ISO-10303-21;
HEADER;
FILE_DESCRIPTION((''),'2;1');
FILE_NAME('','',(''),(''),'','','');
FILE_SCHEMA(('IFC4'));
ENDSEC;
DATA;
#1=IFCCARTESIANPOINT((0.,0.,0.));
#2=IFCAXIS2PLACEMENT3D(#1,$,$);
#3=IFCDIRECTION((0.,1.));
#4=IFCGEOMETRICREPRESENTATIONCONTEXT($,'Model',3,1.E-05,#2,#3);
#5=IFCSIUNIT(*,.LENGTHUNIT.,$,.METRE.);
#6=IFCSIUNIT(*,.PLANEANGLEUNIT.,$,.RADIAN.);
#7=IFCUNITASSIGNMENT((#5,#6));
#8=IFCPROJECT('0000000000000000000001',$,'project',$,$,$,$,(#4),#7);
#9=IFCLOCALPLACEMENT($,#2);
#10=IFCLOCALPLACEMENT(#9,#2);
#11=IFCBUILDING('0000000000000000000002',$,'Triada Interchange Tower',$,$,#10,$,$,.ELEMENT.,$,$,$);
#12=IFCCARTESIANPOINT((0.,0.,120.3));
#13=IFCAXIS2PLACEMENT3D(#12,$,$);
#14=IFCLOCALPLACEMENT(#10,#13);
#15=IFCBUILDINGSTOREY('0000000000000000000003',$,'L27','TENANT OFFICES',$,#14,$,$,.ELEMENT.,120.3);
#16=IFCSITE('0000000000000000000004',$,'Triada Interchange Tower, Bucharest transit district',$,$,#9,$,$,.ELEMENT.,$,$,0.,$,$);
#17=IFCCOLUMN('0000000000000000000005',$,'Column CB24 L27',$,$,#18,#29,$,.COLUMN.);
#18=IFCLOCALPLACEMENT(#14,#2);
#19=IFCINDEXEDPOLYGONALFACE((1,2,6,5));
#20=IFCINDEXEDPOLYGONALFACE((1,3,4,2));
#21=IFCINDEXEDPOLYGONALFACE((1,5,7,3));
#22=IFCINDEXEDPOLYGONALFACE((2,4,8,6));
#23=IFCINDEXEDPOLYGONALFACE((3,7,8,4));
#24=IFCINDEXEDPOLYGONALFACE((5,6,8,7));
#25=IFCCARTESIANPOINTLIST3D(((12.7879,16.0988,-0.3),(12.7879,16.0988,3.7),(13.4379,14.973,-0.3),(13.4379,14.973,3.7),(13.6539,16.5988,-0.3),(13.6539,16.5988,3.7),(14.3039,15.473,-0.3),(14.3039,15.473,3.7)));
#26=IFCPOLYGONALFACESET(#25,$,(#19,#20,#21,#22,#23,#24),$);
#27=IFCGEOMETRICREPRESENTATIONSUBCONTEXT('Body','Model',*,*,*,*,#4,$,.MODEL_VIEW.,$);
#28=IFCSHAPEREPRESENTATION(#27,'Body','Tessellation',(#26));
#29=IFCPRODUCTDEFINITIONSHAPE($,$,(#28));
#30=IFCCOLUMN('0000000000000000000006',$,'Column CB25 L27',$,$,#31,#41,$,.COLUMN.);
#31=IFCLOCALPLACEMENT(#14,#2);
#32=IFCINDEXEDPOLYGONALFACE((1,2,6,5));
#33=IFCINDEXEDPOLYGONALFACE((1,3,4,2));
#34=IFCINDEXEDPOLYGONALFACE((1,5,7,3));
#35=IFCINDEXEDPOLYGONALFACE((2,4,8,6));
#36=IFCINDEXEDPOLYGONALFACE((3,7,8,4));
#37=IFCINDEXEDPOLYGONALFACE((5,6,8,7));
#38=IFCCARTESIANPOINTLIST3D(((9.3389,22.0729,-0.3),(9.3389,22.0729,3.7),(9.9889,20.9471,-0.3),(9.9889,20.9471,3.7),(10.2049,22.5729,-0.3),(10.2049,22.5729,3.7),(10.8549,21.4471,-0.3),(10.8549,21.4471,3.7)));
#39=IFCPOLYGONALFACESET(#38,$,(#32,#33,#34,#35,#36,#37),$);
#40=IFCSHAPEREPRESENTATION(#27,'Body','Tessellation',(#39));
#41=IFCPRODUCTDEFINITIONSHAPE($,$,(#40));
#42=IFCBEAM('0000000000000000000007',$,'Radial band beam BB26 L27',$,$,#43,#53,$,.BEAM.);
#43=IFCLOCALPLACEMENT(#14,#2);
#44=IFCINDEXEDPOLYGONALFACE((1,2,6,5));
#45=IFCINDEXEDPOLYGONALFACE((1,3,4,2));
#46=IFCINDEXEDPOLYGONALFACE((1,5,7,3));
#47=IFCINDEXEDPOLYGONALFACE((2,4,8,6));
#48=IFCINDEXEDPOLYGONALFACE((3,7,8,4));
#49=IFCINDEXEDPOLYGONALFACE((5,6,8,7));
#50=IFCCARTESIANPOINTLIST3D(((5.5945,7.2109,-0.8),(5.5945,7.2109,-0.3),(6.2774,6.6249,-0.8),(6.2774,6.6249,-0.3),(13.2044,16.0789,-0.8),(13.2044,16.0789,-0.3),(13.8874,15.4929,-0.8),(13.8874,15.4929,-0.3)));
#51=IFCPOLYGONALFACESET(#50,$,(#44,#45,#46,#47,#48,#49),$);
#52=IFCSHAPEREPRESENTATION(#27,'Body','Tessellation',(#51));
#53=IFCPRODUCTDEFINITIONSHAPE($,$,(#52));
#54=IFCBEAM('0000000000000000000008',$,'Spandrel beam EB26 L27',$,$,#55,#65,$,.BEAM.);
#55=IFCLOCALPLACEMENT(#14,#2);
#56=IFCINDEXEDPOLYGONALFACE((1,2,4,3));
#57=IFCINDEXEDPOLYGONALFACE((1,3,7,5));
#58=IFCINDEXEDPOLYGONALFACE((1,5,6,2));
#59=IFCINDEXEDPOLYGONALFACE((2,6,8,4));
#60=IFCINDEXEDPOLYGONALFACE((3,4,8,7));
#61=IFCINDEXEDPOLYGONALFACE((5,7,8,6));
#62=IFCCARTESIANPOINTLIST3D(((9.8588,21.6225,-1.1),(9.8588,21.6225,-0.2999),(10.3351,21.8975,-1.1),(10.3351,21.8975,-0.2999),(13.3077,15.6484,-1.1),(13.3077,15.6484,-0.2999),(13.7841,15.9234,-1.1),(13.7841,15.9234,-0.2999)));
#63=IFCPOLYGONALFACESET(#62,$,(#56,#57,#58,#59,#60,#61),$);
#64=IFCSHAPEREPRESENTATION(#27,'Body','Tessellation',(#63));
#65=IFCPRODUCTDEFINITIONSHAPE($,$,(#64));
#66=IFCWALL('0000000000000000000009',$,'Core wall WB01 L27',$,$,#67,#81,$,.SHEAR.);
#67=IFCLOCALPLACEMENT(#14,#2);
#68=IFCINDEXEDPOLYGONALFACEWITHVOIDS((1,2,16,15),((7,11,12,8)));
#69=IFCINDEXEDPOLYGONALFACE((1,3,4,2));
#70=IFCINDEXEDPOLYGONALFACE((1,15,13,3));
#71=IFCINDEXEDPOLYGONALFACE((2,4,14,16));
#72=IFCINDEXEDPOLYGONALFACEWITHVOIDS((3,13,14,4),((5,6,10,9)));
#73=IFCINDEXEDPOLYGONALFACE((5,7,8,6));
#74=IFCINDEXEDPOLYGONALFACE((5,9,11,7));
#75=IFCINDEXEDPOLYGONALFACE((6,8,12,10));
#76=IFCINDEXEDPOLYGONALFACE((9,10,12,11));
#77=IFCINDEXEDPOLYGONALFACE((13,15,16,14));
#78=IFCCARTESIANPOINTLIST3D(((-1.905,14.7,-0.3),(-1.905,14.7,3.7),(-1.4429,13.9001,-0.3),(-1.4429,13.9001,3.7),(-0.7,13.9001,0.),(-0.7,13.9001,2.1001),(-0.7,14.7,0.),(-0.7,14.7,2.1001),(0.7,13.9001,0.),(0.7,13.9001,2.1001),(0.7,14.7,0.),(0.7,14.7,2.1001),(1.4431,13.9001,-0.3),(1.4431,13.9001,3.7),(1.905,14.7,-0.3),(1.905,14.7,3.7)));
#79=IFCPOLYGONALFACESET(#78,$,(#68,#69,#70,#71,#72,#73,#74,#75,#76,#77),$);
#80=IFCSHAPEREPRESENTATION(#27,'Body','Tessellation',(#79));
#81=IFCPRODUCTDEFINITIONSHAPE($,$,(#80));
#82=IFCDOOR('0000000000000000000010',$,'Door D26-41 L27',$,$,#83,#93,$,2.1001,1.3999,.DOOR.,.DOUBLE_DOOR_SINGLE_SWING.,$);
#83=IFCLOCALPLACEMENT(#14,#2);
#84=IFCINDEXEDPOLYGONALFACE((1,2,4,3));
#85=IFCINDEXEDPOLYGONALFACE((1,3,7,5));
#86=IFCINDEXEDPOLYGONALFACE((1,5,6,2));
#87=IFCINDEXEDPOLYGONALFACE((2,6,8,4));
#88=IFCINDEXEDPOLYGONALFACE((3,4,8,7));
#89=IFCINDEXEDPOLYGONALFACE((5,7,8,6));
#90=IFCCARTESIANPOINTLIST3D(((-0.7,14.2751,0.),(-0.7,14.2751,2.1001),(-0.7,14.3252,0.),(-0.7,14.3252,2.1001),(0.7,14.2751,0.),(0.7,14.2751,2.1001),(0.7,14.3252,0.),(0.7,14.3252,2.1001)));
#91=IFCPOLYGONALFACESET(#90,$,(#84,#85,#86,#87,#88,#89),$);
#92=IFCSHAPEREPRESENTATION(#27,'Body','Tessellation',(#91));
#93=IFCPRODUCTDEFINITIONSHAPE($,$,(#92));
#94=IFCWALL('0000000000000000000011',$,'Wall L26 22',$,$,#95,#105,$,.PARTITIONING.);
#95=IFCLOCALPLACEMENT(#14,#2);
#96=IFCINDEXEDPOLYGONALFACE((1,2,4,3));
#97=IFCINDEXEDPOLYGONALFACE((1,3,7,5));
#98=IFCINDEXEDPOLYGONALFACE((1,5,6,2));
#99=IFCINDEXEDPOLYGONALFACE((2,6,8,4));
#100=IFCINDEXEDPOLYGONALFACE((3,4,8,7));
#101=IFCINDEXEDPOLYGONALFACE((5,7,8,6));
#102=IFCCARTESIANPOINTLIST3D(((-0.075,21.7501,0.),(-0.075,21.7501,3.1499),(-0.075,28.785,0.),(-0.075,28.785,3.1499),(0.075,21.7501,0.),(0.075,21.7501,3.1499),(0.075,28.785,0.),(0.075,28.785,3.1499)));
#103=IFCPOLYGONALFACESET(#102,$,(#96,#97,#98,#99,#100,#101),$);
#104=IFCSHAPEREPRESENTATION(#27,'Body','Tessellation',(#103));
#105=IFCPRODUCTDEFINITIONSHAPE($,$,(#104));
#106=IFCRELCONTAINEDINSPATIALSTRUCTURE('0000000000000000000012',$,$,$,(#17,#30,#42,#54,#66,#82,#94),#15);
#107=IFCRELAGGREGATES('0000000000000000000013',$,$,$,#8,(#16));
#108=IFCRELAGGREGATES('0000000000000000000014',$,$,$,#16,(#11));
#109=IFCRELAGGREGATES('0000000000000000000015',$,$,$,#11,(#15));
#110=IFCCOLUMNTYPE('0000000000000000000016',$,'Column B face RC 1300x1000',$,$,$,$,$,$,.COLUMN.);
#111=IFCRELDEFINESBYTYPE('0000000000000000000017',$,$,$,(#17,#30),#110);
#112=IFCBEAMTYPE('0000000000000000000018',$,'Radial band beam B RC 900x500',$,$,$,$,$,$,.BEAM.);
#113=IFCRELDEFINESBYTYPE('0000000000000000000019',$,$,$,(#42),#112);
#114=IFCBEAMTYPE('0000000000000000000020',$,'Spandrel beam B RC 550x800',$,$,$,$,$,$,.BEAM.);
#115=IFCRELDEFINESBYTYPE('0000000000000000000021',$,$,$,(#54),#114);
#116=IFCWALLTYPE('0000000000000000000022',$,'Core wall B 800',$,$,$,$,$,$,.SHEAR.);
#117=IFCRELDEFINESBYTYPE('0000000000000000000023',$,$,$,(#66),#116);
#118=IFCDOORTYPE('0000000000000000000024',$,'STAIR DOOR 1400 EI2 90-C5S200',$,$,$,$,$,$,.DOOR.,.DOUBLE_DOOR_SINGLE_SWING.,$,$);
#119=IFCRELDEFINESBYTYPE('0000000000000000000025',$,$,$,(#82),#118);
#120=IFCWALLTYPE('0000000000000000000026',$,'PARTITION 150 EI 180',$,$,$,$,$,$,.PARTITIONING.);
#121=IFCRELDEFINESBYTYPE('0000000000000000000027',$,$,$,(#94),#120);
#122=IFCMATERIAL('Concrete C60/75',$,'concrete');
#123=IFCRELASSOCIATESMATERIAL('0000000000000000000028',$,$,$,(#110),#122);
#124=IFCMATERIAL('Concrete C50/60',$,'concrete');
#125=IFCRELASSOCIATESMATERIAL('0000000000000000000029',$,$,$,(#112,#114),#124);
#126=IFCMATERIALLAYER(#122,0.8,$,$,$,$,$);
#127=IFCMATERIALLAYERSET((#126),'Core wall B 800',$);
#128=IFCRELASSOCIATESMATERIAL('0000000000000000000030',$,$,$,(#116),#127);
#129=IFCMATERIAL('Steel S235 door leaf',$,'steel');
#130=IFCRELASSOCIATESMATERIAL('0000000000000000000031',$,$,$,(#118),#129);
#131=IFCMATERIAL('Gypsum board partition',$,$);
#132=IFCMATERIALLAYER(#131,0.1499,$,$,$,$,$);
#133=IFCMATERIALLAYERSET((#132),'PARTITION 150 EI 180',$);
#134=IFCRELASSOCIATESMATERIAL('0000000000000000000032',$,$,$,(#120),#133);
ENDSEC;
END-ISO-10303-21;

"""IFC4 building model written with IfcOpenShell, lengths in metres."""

from ifc_helpers import new_model, si_unit, direction, frame, frame_2d, origin, origin_2d, place, context, subcontext, project, spatial, polyline, rectangle, outline, extrude, material, layer, layer_set, material_profile, profile_set, type_object, element, fill, save


model = new_model("IFC4")

# Units and contexts
model_context = context("Model", 3, precision=1e-05, world=origin(), true_north=direction((0.0, 1.0)))
body_context = subcontext(model_context, "Body", "Model", "MODEL_VIEW")
ifc_project = project(units=[si_unit("LENGTHUNIT", "METRE"), si_unit("PLANEANGLEUNIT", "RADIAN")], contexts=[model_context])

# Site, building, storey
site_placement = place(None, origin())
site = spatial("IfcSite", under=ifc_project, at=site_placement, Name="Triada Interchange Tower, Bucharest transit district", CompositionType="ELEMENT", RefElevation=0.0)
building_placement = place(site_placement, origin())
building = spatial("IfcBuilding", under=site, at=building_placement, Name="Triada Interchange Tower", CompositionType="ELEMENT")
storey_placement = place(building_placement, frame((0.0, 0.0, 120.3)))
storey = spatial("IfcBuildingStorey", under=building, at=storey_placement, Name="L27", Description="TENANT OFFICES", CompositionType="ELEMENT", Elevation=120.3)

# Columns
ifc_material_1 = material(Name="Concrete C60/75", Category="concrete")
ifc_material_profile_1 = material_profile(ifc_material_1, rectangle(XDim=1.3, YDim=1.0, at=origin_2d()), Name="RC 1300x1000")
ifc_profile_set_1 = profile_set([ifc_material_profile_1], Name="Concrete C60/75")
column_type = type_object("IfcColumnType", Name="Column B face RC 1300x1000", PredefinedType="COLUMN", material=ifc_profile_set_1)
for number, where, z_axis, x_axis, name in (
    (1, (13.5459, 15.7859, -0.3), (0.0, 0.0, 1.0), (-0.5, 0.866025, 0.0), "Column CB24 L27"),
    (2, (10.0969, 21.76, -0.3), (0.0, 0.0, 1.0), (-0.5, 0.866025, 0.0), "Column CB25 L27"),
):
    element("IfcColumn", number, at=place(storey_placement, frame(where, z_axis=z_axis, x_axis=x_axis)), inside=storey, type_object=column_type, Name=name, PredefinedType="COLUMN", context=body_context, shape_type="SweptSolid", body=[
        extrude(rectangle(XDim=1.3, YDim=1.0, at=origin_2d()), origin(), (0.0, 0.0, 1.0), 4.0),
    ])

# Beams
ifc_material_2 = material(Name="Concrete C50/60", Category="concrete")
ifc_material_profile_2 = material_profile(ifc_material_2, rectangle(XDim=0.8999, YDim=0.5, at=origin_2d()), Name="RC 900x500")
ifc_profile_set_2 = profile_set([ifc_material_profile_2], Name="Concrete C50/60")
beam_type_1 = type_object("IfcBeamType", Name="Radial band beam B RC 900x500", PredefinedType="BEAM", material=ifc_profile_set_2)
beam_1_placement = place(storey_placement, frame((13.5459, 15.7859, -0.55), z_axis=(-0.651225, -0.758885, 0.0), x_axis=(0.758885, -0.651225, 0.0)))
element("IfcBeam", 3, at=beam_1_placement, inside=storey, type_object=beam_type_1, Name="Radial band beam BB26 L27", PredefinedType="BEAM", context=body_context, shape_type="SweptSolid", body=[
    extrude(rectangle(XDim=0.8999, YDim=0.5, at=origin_2d()), origin(), (0.0, 0.0, 1.0), 11.6855),
])
ifc_material_profile_3 = material_profile(ifc_material_2, rectangle(XDim=0.55, YDim=0.8, at=origin_2d()), Name="RC 550x800")
ifc_profile_set_3 = profile_set([ifc_material_profile_3], Name="Concrete C50/60")
beam_type_2 = type_object("IfcBeamType", Name="Spandrel beam B RC 550x800", PredefinedType="BEAM", material=ifc_profile_set_3)
beam_2_placement = place(storey_placement, frame((13.5459, 15.7859, -0.7), z_axis=(-0.49998, 0.866037, 0.0), x_axis=(-0.866037, -0.49998, 0.0)))
element("IfcBeam", 4, at=beam_2_placement, inside=storey, type_object=beam_type_2, Name="Spandrel beam EB26 L27", PredefinedType="BEAM", context=body_context, shape_type="SweptSolid", body=[
    extrude(rectangle(XDim=0.55, YDim=0.8, at=origin_2d()), origin(), (0.0, 0.0, 1.0), 6.8982),
])

# Wall, opening, door
ifc_layer_1 = layer(ifc_material_1, 0.8)
ifc_layer_set_1 = layer_set([ifc_layer_1], Name="Core wall B 800")
wall_type_1 = type_object("IfcWallType", Name="Core wall B 800", PredefinedType="SHEAR", material=ifc_layer_set_1)
wall_1_placement = place(storey_placement, frame((1.6741, 14.3, -0.3), z_axis=(0.0, 0.0, 1.0), x_axis=(-1.0, 0.0, 0.0)))
wall_1 = element("IfcWall", 5, at=wall_1_placement, inside=storey, type_object=wall_type_1, Name="Core wall WB01 L27", PredefinedType="SHEAR", context=body_context, shape_type="SweptSolid", body=[
    extrude(outline(polyline([(-0.231, -0.3999), (1.6741, -0.3999), (3.5791, -0.3999), (3.1169, 0.3999), (1.6738, 0.3999), (0.231, 0.3999), (-0.231, -0.3999)])), origin(), (0.0, 0.0, 1.0), 4.0),
])
opening_1_placement = place(wall_1_placement, frame((0.9741, 0.0, 0.3)))
opening_1 = element("IfcOpeningElement", 6, at=opening_1_placement, cuts=wall_1, PredefinedType="OPENING", context=body_context, shape_type="SweptSolid", body=[
    extrude(rectangle(XDim=1.3999, YDim=2.1001, at=frame_2d((0.7, 1.05))), frame((0.0, 0.4099, 0.0), z_axis=(0.0, -1.0, 0.0), x_axis=(1.0, 0.0, 0.0)), (0.0, 0.0, 1.0), 0.8201),
])
ifc_material_3 = material(Name="Steel S235 door leaf", Category="steel")
door_type_1 = type_object("IfcDoorType", Name="STAIR DOOR 1400 EI2 90-C5S200", OperationType="DOUBLE_DOOR_SINGLE_SWING", PredefinedType="DOOR", material=ifc_material_3)
door_1_placement = place(opening_1_placement, origin())
door_1 = element("IfcDoor", 7, at=door_1_placement, inside=storey, type_object=door_type_1, Name="Door D26-41 L27", OperationType="DOUBLE_DOOR_SINGLE_SWING", OverallHeight=2.1001, OverallWidth=1.3999, PredefinedType="DOOR", context=body_context, shape_type="SweptSolid", body=[
    extrude(rectangle(XDim=1.3999, YDim=2.1001, at=frame_2d((0.7, 1.05))), frame((0.0, 0.0249, 0.0), z_axis=(0.0, -1.0, 0.0), x_axis=(1.0, 0.0, 0.0)), (0.0, 0.0, 1.0), 0.05),
])
fill(opening_1, door_1)

# Wall
ifc_material_4 = material(Name="Gypsum board partition")
ifc_layer_2 = layer(ifc_material_4, 0.1499)
ifc_layer_set_2 = layer_set([ifc_layer_2], Name="PARTITION 150 EI 180")
wall_type_2 = type_object("IfcWallType", Name="PARTITION 150 EI 180", PredefinedType="PARTITIONING", material=ifc_layer_set_2)
wall_2_placement = place(storey_placement, frame((0.0, 21.75, 0.0), z_axis=(0.0, 0.0, 1.0), x_axis=(0.0, 1.0, 0.0)))
element("IfcWall", 8, at=wall_2_placement, inside=storey, type_object=wall_type_2, Name="Wall L26 22", PredefinedType="PARTITIONING", context=body_context, shape_type="SweptSolid", body=[
    extrude(rectangle(XDim=7.0349, YDim=0.1499, at=frame_2d((3.5176, 0.0))), origin(), (0.0, 0.0, 1.0), 3.1499),
])

save(model, "model.ifc")
